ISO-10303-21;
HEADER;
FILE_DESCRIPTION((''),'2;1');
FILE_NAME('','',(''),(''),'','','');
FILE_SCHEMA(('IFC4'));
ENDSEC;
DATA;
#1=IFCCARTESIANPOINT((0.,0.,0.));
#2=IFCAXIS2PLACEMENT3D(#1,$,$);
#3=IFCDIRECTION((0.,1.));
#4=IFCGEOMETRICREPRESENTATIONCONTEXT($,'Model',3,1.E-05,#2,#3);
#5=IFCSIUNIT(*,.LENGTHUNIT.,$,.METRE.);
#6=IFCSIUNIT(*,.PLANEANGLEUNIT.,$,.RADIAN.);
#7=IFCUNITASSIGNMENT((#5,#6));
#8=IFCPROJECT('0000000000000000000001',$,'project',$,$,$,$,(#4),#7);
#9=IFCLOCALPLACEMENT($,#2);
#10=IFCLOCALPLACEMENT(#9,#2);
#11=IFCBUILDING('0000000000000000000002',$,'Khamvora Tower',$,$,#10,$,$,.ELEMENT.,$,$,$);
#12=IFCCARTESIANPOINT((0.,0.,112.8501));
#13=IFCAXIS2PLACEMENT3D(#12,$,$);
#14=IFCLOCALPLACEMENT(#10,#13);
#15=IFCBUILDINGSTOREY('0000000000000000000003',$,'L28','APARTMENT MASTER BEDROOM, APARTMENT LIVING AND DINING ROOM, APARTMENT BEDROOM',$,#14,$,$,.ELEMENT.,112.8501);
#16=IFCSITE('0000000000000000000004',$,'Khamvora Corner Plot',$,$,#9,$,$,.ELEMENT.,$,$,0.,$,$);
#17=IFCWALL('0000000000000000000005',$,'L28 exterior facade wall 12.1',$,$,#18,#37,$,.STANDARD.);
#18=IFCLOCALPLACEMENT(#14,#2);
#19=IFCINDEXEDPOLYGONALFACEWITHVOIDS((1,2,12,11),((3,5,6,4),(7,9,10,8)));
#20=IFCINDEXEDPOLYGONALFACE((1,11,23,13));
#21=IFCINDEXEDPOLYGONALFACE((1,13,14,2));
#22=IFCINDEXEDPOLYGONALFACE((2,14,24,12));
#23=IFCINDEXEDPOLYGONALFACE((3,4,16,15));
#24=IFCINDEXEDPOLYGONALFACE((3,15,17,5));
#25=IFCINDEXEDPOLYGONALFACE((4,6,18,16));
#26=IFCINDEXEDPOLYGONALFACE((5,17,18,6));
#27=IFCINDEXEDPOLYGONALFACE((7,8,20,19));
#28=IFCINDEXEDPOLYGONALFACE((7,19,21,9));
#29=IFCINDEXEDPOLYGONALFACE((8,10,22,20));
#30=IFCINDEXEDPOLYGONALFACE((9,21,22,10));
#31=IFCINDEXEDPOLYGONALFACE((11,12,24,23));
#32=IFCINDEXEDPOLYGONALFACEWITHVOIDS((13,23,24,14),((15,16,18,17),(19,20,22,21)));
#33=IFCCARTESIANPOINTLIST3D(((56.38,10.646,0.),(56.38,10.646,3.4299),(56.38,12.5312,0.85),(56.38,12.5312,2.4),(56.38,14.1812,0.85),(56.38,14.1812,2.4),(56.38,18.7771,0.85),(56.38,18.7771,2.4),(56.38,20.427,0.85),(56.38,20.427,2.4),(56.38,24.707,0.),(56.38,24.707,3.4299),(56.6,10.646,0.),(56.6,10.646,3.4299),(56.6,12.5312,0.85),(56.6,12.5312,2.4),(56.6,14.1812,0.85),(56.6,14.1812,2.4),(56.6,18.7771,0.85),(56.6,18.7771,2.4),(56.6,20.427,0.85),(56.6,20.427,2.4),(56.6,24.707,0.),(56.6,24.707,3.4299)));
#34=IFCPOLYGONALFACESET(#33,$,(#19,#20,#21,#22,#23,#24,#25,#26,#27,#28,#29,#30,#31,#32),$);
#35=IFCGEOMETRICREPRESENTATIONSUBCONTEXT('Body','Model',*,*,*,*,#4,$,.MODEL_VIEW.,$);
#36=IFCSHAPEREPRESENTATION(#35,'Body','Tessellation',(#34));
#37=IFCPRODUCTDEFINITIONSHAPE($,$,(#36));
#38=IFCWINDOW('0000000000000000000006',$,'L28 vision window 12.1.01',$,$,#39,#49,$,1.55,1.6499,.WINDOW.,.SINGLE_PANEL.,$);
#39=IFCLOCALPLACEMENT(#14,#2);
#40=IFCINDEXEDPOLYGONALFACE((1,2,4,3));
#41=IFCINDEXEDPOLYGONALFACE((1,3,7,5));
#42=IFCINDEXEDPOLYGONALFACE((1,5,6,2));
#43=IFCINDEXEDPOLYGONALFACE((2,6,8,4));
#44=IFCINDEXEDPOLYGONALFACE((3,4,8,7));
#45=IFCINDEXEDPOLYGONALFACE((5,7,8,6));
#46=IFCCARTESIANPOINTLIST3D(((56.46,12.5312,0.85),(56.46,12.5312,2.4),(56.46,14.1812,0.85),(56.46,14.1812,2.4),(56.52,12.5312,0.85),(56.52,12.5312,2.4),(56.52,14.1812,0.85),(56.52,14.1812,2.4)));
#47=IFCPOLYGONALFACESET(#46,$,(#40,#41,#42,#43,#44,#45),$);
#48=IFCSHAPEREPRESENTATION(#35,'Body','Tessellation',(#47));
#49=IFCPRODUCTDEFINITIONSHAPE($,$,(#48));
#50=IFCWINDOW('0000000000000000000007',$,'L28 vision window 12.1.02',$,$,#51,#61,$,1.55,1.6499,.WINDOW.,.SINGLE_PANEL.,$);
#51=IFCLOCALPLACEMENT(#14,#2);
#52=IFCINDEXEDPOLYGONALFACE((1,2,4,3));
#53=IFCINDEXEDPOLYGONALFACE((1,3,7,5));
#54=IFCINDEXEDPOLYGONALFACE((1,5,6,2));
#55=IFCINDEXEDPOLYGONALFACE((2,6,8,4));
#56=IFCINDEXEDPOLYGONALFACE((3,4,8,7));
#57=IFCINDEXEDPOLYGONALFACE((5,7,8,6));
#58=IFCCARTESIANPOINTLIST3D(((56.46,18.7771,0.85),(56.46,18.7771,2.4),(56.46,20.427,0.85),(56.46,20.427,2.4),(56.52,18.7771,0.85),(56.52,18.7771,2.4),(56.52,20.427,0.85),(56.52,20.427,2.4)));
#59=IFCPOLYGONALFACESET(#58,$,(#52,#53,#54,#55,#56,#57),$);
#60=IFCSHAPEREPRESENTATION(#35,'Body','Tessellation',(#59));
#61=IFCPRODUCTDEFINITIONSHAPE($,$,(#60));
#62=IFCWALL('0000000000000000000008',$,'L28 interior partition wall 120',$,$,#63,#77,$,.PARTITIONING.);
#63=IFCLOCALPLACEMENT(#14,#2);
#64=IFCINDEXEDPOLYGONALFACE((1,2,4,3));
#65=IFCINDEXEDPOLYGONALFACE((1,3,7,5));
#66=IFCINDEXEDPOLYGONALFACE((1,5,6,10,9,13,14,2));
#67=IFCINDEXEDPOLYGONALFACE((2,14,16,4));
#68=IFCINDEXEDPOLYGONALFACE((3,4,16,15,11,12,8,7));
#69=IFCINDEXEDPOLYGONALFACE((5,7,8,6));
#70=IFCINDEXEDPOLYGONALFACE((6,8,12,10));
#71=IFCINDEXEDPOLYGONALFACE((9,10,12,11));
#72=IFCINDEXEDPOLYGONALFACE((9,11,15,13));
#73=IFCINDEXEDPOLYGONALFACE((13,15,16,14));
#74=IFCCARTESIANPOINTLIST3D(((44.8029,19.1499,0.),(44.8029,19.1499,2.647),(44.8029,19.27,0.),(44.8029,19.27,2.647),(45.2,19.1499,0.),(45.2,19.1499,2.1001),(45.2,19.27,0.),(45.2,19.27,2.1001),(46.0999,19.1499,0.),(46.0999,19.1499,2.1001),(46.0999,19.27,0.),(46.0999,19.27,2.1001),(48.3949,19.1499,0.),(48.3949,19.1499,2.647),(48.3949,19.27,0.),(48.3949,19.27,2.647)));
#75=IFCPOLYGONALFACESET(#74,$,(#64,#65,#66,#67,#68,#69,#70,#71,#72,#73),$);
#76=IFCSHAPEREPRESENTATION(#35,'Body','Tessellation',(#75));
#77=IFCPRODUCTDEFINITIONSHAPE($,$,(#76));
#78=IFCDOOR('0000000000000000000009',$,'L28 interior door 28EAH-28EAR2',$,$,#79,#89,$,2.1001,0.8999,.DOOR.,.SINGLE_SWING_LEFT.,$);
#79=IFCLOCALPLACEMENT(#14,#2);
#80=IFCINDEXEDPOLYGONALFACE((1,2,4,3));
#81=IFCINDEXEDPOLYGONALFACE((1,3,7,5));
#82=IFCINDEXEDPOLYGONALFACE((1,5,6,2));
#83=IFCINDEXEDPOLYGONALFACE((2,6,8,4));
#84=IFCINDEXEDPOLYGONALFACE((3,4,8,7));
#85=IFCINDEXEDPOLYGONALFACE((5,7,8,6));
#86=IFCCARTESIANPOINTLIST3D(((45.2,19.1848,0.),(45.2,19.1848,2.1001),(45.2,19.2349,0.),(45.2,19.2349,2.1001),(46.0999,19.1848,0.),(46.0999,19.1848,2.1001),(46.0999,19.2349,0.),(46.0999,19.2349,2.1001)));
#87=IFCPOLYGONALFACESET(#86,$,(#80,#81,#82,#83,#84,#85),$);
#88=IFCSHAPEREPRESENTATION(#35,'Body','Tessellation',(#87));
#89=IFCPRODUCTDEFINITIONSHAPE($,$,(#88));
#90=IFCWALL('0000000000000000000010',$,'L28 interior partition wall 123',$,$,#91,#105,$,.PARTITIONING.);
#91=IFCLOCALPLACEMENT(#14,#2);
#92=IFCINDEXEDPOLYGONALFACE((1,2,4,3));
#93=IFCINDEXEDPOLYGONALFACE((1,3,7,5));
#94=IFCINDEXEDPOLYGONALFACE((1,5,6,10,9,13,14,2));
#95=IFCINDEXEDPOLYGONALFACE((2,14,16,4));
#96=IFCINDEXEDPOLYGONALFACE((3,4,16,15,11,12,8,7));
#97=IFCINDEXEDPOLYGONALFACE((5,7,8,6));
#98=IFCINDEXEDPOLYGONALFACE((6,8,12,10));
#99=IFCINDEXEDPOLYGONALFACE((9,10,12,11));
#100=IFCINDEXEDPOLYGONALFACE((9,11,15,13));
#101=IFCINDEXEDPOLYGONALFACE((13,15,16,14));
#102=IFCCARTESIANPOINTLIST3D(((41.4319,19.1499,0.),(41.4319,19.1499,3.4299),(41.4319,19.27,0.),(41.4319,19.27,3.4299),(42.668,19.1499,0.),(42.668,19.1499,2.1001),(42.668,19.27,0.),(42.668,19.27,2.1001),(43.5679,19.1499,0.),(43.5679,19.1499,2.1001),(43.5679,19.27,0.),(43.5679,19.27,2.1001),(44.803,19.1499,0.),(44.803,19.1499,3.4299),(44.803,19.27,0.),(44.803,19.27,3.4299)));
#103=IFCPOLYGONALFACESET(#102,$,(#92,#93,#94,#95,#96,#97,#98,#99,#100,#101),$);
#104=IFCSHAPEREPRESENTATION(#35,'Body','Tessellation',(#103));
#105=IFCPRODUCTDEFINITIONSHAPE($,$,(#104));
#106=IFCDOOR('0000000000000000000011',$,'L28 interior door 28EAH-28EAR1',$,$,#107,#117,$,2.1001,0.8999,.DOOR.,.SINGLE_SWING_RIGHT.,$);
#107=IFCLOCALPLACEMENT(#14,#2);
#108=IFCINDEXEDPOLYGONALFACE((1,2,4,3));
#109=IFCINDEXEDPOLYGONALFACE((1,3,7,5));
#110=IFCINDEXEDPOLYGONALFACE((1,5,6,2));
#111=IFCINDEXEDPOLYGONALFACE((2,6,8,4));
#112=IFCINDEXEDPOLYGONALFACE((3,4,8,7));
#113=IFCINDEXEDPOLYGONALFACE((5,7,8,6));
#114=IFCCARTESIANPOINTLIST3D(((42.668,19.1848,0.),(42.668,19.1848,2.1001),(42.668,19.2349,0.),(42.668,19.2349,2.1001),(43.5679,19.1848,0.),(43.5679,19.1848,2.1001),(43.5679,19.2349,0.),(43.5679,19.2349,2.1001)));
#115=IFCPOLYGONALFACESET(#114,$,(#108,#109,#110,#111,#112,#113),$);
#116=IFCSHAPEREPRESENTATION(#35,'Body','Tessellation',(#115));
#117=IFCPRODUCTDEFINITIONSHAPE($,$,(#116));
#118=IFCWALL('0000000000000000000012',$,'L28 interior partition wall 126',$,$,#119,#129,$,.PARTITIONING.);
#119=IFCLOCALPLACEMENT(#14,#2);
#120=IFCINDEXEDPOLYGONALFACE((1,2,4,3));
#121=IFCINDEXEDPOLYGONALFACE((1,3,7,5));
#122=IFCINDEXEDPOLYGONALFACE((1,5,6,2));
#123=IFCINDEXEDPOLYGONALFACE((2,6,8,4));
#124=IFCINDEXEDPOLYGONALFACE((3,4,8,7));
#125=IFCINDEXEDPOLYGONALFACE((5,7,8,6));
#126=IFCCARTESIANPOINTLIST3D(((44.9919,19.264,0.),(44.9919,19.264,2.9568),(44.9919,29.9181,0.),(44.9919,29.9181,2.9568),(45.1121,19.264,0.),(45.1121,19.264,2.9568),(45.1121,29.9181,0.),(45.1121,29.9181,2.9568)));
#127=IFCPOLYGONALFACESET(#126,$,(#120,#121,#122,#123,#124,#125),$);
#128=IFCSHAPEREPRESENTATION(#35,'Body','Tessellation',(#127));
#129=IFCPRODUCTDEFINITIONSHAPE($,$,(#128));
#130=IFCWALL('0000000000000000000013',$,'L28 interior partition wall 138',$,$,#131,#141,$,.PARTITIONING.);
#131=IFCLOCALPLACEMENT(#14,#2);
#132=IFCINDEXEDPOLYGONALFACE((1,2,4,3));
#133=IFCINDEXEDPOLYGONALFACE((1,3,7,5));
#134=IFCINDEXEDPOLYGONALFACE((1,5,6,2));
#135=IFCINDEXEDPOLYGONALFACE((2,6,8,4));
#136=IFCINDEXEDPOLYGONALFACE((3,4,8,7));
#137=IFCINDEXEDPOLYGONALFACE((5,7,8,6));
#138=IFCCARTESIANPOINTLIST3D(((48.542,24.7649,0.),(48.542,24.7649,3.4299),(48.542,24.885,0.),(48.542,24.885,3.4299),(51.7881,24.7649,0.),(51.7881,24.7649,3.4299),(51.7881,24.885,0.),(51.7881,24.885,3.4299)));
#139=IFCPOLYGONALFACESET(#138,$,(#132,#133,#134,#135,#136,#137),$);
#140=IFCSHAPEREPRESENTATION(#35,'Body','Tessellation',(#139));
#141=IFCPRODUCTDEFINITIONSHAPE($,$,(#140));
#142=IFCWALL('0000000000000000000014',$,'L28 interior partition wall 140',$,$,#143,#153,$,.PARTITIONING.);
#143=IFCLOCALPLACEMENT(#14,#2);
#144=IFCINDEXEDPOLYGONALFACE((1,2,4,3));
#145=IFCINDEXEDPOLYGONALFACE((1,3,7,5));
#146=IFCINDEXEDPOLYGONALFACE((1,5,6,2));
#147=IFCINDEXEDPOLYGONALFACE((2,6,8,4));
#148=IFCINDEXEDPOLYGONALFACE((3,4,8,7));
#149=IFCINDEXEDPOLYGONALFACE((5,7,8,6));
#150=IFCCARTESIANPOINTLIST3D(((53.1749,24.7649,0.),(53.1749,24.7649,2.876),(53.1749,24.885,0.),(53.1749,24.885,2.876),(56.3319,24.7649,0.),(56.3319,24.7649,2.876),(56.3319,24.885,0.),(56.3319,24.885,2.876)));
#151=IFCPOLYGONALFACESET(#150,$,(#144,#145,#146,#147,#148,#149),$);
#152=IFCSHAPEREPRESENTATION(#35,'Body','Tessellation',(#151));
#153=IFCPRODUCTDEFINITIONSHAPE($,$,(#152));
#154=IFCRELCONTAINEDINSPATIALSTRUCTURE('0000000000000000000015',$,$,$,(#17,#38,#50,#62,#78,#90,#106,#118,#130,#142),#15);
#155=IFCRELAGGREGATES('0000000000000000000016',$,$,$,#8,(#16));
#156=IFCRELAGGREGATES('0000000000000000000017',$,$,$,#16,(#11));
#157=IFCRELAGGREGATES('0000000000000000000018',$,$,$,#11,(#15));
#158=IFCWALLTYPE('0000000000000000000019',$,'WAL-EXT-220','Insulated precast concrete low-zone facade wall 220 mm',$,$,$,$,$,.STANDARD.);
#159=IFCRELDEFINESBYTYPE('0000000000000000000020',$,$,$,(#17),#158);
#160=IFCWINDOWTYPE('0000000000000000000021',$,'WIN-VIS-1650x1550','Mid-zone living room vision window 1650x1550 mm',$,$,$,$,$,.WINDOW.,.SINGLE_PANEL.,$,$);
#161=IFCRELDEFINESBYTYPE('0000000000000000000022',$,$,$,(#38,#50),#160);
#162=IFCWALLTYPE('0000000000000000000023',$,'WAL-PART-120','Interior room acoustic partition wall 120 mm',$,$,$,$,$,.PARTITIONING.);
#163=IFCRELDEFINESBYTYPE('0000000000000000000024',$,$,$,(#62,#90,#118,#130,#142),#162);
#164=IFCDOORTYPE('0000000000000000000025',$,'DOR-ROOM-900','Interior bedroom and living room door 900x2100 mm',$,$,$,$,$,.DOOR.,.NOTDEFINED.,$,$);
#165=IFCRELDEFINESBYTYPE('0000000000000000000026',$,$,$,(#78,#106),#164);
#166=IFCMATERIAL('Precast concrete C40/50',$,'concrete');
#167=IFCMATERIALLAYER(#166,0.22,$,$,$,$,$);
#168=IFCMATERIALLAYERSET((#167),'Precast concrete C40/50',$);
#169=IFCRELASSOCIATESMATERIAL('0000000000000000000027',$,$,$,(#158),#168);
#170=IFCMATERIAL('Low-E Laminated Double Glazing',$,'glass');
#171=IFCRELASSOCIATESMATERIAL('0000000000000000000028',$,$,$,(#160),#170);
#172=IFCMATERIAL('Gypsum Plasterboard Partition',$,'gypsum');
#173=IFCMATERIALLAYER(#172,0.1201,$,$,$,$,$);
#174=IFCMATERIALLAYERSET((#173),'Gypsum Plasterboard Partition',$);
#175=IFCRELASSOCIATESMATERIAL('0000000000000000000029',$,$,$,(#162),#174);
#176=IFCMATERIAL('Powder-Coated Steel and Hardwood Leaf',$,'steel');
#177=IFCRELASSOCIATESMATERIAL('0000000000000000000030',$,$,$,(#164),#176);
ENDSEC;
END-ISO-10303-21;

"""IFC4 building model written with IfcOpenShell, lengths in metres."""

from ifc_helpers import new_model, si_unit, direction, frame, frame_2d, origin, place, context, subcontext, project, spatial, rectangle, extrude, material, layer, layer_set, type_object, element, fill, save


model = new_model("IFC4")

# Units and contexts
model_context = context("Model", 3, precision=1e-05, world=origin(), true_north=direction((0.0, 1.0)))
body_context = subcontext(model_context, "Body", "Model", "MODEL_VIEW")
ifc_project = project(units=[si_unit("LENGTHUNIT", "METRE"), si_unit("PLANEANGLEUNIT", "RADIAN")], contexts=[model_context])

# Site, building, storey
site_placement = place(None, origin())
site = spatial("IfcSite", under=ifc_project, at=site_placement, Name="Khamvora Corner Plot", CompositionType="ELEMENT", RefElevation=0.0)
building_placement = place(site_placement, origin())
building = spatial("IfcBuilding", under=site, at=building_placement, Name="Khamvora Tower", CompositionType="ELEMENT")
storey_placement = place(building_placement, frame((0.0, 0.0, 112.8501)))
storey = spatial("IfcBuildingStorey", under=building, at=storey_placement, Name="L28", Description="APARTMENT MASTER BEDROOM, APARTMENT LIVING AND DINING ROOM, APARTMENT BEDROOM", CompositionType="ELEMENT", Elevation=112.8501)

# Shared definitions
ifc_material_1 = material(Name="Powder-Coated Steel and Hardwood Leaf", Category="steel")

# Shared definitions
ifc_material_2 = material(Name="Precast concrete C40/50", Category="concrete")
ifc_layer_1 = layer(ifc_material_2, 0.22)
ifc_layer_set_1 = layer_set([ifc_layer_1], Name="Precast concrete C40/50")
wall_type_1 = type_object("IfcWallType", Name="WAL-EXT-220", Description="Insulated precast concrete low-zone facade wall 220 mm", PredefinedType="STANDARD", material=ifc_layer_set_1)
ifc_material_3 = material(Name="Low-E Laminated Double Glazing", Category="glass")

# Wall, openings, windows
wall_1_placement = place(storey_placement, frame((56.49, 24.707, 0.0), z_axis=(0.0, 0.0, 1.0), x_axis=(0.0, -1.0, 0.0)))
wall_1 = element("IfcWall", 1, at=wall_1_placement, inside=storey, type_object=wall_type_1, Name="L28 exterior facade wall 12.1", PredefinedType="STANDARD", context=body_context, shape_type="SweptSolid", body=[
    extrude(rectangle(XDim=14.061, YDim=0.22, at=frame_2d((7.0305, 0.0))), origin(), (0.0, 0.0, 1.0), 3.4299),
])
opening_1_placement = place(wall_1_placement, frame((10.5259, 0.0, 0.8501)))
opening_1 = element("IfcOpeningElement", 2, at=opening_1_placement, cuts=wall_1, PredefinedType="OPENING", context=body_context, shape_type="SweptSolid", body=[
    extrude(rectangle(XDim=1.6499, YDim=1.55, at=frame_2d((0.825, 0.7749))), frame((0.0, 0.1199, 0.0), z_axis=(0.0, -1.0, 0.0), x_axis=(1.0, 0.0, 0.0)), (0.0, 0.0, 1.0), 0.24),
])
opening_2_placement = place(wall_1_placement, frame((4.28, 0.0, 0.8501)))
opening_2 = element("IfcOpeningElement", 3, at=opening_2_placement, cuts=wall_1, PredefinedType="OPENING", context=body_context, shape_type="SweptSolid", body=[
    extrude(rectangle(XDim=1.6499, YDim=1.55, at=frame_2d((0.825, 0.7749))), frame((0.0, 0.1199, 0.0), z_axis=(0.0, -1.0, 0.0), x_axis=(1.0, 0.0, 0.0)), (0.0, 0.0, 1.0), 0.24),
])
window_type_1 = type_object("IfcWindowType", Name="WIN-VIS-1650x1550", Description="Mid-zone living room vision window 1650x1550 mm", PartitioningType="SINGLE_PANEL", PredefinedType="WINDOW", material=ifc_material_3)
window_1_placement = place(opening_1_placement, origin())
window_1 = element("IfcWindow", 4, at=window_1_placement, inside=storey, type_object=window_type_1, Name="L28 vision window 12.1.01", OverallHeight=1.55, OverallWidth=1.6499, PartitioningType="SINGLE_PANEL", PredefinedType="WINDOW", context=body_context, shape_type="SweptSolid", body=[
    extrude(rectangle(XDim=1.6499, YDim=1.55, at=frame_2d((0.825, 0.7749))), frame((0.0, 0.03, 0.0), z_axis=(0.0, -1.0, 0.0), x_axis=(1.0, 0.0, 0.0)), (0.0, 0.0, 1.0), 0.0601),
])
fill(opening_1, window_1)
window_2_placement = place(opening_2_placement, origin())
window_2 = element("IfcWindow", 5, at=window_2_placement, inside=storey, type_object=window_type_1, Name="L28 vision window 12.1.02", OverallHeight=1.55, OverallWidth=1.6499, PartitioningType="SINGLE_PANEL", PredefinedType="WINDOW", context=body_context, shape_type="SweptSolid", body=[
    extrude(rectangle(XDim=1.6499, YDim=1.55, at=frame_2d((0.825, 0.7749))), frame((0.0, 0.03, 0.0), z_axis=(0.0, -1.0, 0.0), x_axis=(1.0, 0.0, 0.0)), (0.0, 0.0, 1.0), 0.0601),
])
fill(opening_2, window_2)

# Walls, openings, doors
ifc_material_4 = material(Name="Gypsum Plasterboard Partition", Category="gypsum")
ifc_layer_2 = layer(ifc_material_4, 0.1201)
ifc_layer_set_2 = layer_set([ifc_layer_2], Name="Gypsum Plasterboard Partition")
wall_type_2 = type_object("IfcWallType", Name="WAL-PART-120", Description="Interior room acoustic partition wall 120 mm", PredefinedType="PARTITIONING", material=ifc_layer_set_2)
wall_2_placement = place(storey_placement, frame((44.803, 19.21, 0.0), z_axis=(0.0, 0.0, 1.0), x_axis=(1.0, 0.0, 0.0)))
wall_2 = element("IfcWall", 6, at=wall_2_placement, inside=storey, type_object=wall_type_2, Name="L28 interior partition wall 120", PredefinedType="PARTITIONING", context=body_context, shape_type="SweptSolid", body=[
    extrude(rectangle(XDim=3.592, YDim=0.1201, at=frame_2d((1.7959, 0.0))), origin(), (0.0, 0.0, 1.0), 2.647),
])
opening_3_placement = place(wall_2_placement, frame((0.397, 0.0, 0.0)))
opening_3 = element("IfcOpeningElement", 7, at=opening_3_placement, cuts=wall_2, PredefinedType="OPENING", context=body_context, shape_type="SweptSolid", body=[
    extrude(rectangle(XDim=0.8999, YDim=2.1001, at=frame_2d((0.45, 1.05))), frame((0.0, 0.0701, 0.0), z_axis=(0.0, -1.0, 0.0), x_axis=(1.0, 0.0, 0.0)), (0.0, 0.0, 1.0), 0.1401),
])
door_type_1 = type_object("IfcDoorType", Name="DOR-ROOM-900", Description="Interior bedroom and living room door 900x2100 mm", OperationType="NOTDEFINED", PredefinedType="DOOR", material=ifc_material_1)
door_1_placement = place(opening_3_placement, origin())
door_1 = element("IfcDoor", 8, at=door_1_placement, inside=storey, type_object=door_type_1, Name="L28 interior door 28EAH-28EAR2", OperationType="SINGLE_SWING_LEFT", OverallHeight=2.1001, OverallWidth=0.8999, PredefinedType="DOOR", context=body_context, shape_type="SweptSolid", body=[
    extrude(rectangle(XDim=0.8999, YDim=2.1001, at=frame_2d((0.45, 1.05))), frame((0.0, 0.0249, 0.0), z_axis=(0.0, -1.0, 0.0), x_axis=(1.0, 0.0, 0.0)), (0.0, 0.0, 1.0), 0.05),
])
fill(opening_3, door_1)
wall_3_placement = place(storey_placement, frame((41.4319, 19.21, 0.0), z_axis=(0.0, 0.0, 1.0), x_axis=(1.0, 0.0, 0.0)))
wall_3 = element("IfcWall", 9, at=wall_3_placement, inside=storey, type_object=wall_type_2, Name="L28 interior partition wall 123", PredefinedType="PARTITIONING", context=body_context, shape_type="SweptSolid", body=[
    extrude(rectangle(XDim=3.3711, YDim=0.1201, at=frame_2d((1.6855, 0.0))), origin(), (0.0, 0.0, 1.0), 3.4299),
])
opening_4_placement = place(wall_3_placement, frame((1.2361, 0.0, 0.0)))
opening_4 = element("IfcOpeningElement", 10, at=opening_4_placement, cuts=wall_3, PredefinedType="OPENING", context=body_context, shape_type="SweptSolid", body=[
    extrude(rectangle(XDim=0.8999, YDim=2.1001, at=frame_2d((0.45, 1.05))), frame((0.0, 0.0701, 0.0), z_axis=(0.0, -1.0, 0.0), x_axis=(1.0, 0.0, 0.0)), (0.0, 0.0, 1.0), 0.1401),
])
door_2_placement = place(opening_4_placement, origin())
door_2 = element("IfcDoor", 11, at=door_2_placement, inside=storey, type_object=door_type_1, Name="L28 interior door 28EAH-28EAR1", OperationType="SINGLE_SWING_RIGHT", OverallHeight=2.1001, OverallWidth=0.8999, PredefinedType="DOOR", context=body_context, shape_type="SweptSolid", body=[
    extrude(rectangle(XDim=0.8999, YDim=2.1001, at=frame_2d((0.45, 1.05))), frame((0.0, 0.0249, 0.0), z_axis=(0.0, -1.0, 0.0), x_axis=(1.0, 0.0, 0.0)), (0.0, 0.0, 1.0), 0.05),
])
fill(opening_4, door_2)

# Walls
wall_4_placement = place(storey_placement, frame((45.052, 19.2639, 0.0), z_axis=(0.0, 0.0, 1.0), x_axis=(0.0, 1.0, 0.0)))
element("IfcWall", 12, at=wall_4_placement, inside=storey, type_object=wall_type_2, Name="L28 interior partition wall 126", PredefinedType="PARTITIONING", context=body_context, shape_type="SweptSolid", body=[
    extrude(rectangle(XDim=10.6541, YDim=0.1201, at=frame_2d((5.3271, 0.0))), origin(), (0.0, 0.0, 1.0), 2.9568),
])
wall_5_placement = place(storey_placement, frame((51.7881, 24.825, 0.0), z_axis=(0.0, 0.0, 1.0), x_axis=(-1.0, 0.0, 0.0)))
element("IfcWall", 13, at=wall_5_placement, inside=storey, type_object=wall_type_2, Name="L28 interior partition wall 138", PredefinedType="PARTITIONING", context=body_context, shape_type="SweptSolid", body=[
    extrude(rectangle(XDim=3.2461, YDim=0.1201, at=frame_2d((1.623, 0.0))), origin(), (0.0, 0.0, 1.0), 3.4299),
])
wall_6_placement = place(storey_placement, frame((56.332, 24.825, 0.0), z_axis=(0.0, 0.0, 1.0), x_axis=(-1.0, 0.0, 0.0)))
element("IfcWall", 14, at=wall_6_placement, inside=storey, type_object=wall_type_2, Name="L28 interior partition wall 140", PredefinedType="PARTITIONING", context=body_context, shape_type="SweptSolid", body=[
    extrude(rectangle(XDim=3.157, YDim=0.1201, at=frame_2d((1.5786, 0.0))), origin(), (0.0, 0.0, 1.0), 2.876),
])

save(model, "model.ifc")
